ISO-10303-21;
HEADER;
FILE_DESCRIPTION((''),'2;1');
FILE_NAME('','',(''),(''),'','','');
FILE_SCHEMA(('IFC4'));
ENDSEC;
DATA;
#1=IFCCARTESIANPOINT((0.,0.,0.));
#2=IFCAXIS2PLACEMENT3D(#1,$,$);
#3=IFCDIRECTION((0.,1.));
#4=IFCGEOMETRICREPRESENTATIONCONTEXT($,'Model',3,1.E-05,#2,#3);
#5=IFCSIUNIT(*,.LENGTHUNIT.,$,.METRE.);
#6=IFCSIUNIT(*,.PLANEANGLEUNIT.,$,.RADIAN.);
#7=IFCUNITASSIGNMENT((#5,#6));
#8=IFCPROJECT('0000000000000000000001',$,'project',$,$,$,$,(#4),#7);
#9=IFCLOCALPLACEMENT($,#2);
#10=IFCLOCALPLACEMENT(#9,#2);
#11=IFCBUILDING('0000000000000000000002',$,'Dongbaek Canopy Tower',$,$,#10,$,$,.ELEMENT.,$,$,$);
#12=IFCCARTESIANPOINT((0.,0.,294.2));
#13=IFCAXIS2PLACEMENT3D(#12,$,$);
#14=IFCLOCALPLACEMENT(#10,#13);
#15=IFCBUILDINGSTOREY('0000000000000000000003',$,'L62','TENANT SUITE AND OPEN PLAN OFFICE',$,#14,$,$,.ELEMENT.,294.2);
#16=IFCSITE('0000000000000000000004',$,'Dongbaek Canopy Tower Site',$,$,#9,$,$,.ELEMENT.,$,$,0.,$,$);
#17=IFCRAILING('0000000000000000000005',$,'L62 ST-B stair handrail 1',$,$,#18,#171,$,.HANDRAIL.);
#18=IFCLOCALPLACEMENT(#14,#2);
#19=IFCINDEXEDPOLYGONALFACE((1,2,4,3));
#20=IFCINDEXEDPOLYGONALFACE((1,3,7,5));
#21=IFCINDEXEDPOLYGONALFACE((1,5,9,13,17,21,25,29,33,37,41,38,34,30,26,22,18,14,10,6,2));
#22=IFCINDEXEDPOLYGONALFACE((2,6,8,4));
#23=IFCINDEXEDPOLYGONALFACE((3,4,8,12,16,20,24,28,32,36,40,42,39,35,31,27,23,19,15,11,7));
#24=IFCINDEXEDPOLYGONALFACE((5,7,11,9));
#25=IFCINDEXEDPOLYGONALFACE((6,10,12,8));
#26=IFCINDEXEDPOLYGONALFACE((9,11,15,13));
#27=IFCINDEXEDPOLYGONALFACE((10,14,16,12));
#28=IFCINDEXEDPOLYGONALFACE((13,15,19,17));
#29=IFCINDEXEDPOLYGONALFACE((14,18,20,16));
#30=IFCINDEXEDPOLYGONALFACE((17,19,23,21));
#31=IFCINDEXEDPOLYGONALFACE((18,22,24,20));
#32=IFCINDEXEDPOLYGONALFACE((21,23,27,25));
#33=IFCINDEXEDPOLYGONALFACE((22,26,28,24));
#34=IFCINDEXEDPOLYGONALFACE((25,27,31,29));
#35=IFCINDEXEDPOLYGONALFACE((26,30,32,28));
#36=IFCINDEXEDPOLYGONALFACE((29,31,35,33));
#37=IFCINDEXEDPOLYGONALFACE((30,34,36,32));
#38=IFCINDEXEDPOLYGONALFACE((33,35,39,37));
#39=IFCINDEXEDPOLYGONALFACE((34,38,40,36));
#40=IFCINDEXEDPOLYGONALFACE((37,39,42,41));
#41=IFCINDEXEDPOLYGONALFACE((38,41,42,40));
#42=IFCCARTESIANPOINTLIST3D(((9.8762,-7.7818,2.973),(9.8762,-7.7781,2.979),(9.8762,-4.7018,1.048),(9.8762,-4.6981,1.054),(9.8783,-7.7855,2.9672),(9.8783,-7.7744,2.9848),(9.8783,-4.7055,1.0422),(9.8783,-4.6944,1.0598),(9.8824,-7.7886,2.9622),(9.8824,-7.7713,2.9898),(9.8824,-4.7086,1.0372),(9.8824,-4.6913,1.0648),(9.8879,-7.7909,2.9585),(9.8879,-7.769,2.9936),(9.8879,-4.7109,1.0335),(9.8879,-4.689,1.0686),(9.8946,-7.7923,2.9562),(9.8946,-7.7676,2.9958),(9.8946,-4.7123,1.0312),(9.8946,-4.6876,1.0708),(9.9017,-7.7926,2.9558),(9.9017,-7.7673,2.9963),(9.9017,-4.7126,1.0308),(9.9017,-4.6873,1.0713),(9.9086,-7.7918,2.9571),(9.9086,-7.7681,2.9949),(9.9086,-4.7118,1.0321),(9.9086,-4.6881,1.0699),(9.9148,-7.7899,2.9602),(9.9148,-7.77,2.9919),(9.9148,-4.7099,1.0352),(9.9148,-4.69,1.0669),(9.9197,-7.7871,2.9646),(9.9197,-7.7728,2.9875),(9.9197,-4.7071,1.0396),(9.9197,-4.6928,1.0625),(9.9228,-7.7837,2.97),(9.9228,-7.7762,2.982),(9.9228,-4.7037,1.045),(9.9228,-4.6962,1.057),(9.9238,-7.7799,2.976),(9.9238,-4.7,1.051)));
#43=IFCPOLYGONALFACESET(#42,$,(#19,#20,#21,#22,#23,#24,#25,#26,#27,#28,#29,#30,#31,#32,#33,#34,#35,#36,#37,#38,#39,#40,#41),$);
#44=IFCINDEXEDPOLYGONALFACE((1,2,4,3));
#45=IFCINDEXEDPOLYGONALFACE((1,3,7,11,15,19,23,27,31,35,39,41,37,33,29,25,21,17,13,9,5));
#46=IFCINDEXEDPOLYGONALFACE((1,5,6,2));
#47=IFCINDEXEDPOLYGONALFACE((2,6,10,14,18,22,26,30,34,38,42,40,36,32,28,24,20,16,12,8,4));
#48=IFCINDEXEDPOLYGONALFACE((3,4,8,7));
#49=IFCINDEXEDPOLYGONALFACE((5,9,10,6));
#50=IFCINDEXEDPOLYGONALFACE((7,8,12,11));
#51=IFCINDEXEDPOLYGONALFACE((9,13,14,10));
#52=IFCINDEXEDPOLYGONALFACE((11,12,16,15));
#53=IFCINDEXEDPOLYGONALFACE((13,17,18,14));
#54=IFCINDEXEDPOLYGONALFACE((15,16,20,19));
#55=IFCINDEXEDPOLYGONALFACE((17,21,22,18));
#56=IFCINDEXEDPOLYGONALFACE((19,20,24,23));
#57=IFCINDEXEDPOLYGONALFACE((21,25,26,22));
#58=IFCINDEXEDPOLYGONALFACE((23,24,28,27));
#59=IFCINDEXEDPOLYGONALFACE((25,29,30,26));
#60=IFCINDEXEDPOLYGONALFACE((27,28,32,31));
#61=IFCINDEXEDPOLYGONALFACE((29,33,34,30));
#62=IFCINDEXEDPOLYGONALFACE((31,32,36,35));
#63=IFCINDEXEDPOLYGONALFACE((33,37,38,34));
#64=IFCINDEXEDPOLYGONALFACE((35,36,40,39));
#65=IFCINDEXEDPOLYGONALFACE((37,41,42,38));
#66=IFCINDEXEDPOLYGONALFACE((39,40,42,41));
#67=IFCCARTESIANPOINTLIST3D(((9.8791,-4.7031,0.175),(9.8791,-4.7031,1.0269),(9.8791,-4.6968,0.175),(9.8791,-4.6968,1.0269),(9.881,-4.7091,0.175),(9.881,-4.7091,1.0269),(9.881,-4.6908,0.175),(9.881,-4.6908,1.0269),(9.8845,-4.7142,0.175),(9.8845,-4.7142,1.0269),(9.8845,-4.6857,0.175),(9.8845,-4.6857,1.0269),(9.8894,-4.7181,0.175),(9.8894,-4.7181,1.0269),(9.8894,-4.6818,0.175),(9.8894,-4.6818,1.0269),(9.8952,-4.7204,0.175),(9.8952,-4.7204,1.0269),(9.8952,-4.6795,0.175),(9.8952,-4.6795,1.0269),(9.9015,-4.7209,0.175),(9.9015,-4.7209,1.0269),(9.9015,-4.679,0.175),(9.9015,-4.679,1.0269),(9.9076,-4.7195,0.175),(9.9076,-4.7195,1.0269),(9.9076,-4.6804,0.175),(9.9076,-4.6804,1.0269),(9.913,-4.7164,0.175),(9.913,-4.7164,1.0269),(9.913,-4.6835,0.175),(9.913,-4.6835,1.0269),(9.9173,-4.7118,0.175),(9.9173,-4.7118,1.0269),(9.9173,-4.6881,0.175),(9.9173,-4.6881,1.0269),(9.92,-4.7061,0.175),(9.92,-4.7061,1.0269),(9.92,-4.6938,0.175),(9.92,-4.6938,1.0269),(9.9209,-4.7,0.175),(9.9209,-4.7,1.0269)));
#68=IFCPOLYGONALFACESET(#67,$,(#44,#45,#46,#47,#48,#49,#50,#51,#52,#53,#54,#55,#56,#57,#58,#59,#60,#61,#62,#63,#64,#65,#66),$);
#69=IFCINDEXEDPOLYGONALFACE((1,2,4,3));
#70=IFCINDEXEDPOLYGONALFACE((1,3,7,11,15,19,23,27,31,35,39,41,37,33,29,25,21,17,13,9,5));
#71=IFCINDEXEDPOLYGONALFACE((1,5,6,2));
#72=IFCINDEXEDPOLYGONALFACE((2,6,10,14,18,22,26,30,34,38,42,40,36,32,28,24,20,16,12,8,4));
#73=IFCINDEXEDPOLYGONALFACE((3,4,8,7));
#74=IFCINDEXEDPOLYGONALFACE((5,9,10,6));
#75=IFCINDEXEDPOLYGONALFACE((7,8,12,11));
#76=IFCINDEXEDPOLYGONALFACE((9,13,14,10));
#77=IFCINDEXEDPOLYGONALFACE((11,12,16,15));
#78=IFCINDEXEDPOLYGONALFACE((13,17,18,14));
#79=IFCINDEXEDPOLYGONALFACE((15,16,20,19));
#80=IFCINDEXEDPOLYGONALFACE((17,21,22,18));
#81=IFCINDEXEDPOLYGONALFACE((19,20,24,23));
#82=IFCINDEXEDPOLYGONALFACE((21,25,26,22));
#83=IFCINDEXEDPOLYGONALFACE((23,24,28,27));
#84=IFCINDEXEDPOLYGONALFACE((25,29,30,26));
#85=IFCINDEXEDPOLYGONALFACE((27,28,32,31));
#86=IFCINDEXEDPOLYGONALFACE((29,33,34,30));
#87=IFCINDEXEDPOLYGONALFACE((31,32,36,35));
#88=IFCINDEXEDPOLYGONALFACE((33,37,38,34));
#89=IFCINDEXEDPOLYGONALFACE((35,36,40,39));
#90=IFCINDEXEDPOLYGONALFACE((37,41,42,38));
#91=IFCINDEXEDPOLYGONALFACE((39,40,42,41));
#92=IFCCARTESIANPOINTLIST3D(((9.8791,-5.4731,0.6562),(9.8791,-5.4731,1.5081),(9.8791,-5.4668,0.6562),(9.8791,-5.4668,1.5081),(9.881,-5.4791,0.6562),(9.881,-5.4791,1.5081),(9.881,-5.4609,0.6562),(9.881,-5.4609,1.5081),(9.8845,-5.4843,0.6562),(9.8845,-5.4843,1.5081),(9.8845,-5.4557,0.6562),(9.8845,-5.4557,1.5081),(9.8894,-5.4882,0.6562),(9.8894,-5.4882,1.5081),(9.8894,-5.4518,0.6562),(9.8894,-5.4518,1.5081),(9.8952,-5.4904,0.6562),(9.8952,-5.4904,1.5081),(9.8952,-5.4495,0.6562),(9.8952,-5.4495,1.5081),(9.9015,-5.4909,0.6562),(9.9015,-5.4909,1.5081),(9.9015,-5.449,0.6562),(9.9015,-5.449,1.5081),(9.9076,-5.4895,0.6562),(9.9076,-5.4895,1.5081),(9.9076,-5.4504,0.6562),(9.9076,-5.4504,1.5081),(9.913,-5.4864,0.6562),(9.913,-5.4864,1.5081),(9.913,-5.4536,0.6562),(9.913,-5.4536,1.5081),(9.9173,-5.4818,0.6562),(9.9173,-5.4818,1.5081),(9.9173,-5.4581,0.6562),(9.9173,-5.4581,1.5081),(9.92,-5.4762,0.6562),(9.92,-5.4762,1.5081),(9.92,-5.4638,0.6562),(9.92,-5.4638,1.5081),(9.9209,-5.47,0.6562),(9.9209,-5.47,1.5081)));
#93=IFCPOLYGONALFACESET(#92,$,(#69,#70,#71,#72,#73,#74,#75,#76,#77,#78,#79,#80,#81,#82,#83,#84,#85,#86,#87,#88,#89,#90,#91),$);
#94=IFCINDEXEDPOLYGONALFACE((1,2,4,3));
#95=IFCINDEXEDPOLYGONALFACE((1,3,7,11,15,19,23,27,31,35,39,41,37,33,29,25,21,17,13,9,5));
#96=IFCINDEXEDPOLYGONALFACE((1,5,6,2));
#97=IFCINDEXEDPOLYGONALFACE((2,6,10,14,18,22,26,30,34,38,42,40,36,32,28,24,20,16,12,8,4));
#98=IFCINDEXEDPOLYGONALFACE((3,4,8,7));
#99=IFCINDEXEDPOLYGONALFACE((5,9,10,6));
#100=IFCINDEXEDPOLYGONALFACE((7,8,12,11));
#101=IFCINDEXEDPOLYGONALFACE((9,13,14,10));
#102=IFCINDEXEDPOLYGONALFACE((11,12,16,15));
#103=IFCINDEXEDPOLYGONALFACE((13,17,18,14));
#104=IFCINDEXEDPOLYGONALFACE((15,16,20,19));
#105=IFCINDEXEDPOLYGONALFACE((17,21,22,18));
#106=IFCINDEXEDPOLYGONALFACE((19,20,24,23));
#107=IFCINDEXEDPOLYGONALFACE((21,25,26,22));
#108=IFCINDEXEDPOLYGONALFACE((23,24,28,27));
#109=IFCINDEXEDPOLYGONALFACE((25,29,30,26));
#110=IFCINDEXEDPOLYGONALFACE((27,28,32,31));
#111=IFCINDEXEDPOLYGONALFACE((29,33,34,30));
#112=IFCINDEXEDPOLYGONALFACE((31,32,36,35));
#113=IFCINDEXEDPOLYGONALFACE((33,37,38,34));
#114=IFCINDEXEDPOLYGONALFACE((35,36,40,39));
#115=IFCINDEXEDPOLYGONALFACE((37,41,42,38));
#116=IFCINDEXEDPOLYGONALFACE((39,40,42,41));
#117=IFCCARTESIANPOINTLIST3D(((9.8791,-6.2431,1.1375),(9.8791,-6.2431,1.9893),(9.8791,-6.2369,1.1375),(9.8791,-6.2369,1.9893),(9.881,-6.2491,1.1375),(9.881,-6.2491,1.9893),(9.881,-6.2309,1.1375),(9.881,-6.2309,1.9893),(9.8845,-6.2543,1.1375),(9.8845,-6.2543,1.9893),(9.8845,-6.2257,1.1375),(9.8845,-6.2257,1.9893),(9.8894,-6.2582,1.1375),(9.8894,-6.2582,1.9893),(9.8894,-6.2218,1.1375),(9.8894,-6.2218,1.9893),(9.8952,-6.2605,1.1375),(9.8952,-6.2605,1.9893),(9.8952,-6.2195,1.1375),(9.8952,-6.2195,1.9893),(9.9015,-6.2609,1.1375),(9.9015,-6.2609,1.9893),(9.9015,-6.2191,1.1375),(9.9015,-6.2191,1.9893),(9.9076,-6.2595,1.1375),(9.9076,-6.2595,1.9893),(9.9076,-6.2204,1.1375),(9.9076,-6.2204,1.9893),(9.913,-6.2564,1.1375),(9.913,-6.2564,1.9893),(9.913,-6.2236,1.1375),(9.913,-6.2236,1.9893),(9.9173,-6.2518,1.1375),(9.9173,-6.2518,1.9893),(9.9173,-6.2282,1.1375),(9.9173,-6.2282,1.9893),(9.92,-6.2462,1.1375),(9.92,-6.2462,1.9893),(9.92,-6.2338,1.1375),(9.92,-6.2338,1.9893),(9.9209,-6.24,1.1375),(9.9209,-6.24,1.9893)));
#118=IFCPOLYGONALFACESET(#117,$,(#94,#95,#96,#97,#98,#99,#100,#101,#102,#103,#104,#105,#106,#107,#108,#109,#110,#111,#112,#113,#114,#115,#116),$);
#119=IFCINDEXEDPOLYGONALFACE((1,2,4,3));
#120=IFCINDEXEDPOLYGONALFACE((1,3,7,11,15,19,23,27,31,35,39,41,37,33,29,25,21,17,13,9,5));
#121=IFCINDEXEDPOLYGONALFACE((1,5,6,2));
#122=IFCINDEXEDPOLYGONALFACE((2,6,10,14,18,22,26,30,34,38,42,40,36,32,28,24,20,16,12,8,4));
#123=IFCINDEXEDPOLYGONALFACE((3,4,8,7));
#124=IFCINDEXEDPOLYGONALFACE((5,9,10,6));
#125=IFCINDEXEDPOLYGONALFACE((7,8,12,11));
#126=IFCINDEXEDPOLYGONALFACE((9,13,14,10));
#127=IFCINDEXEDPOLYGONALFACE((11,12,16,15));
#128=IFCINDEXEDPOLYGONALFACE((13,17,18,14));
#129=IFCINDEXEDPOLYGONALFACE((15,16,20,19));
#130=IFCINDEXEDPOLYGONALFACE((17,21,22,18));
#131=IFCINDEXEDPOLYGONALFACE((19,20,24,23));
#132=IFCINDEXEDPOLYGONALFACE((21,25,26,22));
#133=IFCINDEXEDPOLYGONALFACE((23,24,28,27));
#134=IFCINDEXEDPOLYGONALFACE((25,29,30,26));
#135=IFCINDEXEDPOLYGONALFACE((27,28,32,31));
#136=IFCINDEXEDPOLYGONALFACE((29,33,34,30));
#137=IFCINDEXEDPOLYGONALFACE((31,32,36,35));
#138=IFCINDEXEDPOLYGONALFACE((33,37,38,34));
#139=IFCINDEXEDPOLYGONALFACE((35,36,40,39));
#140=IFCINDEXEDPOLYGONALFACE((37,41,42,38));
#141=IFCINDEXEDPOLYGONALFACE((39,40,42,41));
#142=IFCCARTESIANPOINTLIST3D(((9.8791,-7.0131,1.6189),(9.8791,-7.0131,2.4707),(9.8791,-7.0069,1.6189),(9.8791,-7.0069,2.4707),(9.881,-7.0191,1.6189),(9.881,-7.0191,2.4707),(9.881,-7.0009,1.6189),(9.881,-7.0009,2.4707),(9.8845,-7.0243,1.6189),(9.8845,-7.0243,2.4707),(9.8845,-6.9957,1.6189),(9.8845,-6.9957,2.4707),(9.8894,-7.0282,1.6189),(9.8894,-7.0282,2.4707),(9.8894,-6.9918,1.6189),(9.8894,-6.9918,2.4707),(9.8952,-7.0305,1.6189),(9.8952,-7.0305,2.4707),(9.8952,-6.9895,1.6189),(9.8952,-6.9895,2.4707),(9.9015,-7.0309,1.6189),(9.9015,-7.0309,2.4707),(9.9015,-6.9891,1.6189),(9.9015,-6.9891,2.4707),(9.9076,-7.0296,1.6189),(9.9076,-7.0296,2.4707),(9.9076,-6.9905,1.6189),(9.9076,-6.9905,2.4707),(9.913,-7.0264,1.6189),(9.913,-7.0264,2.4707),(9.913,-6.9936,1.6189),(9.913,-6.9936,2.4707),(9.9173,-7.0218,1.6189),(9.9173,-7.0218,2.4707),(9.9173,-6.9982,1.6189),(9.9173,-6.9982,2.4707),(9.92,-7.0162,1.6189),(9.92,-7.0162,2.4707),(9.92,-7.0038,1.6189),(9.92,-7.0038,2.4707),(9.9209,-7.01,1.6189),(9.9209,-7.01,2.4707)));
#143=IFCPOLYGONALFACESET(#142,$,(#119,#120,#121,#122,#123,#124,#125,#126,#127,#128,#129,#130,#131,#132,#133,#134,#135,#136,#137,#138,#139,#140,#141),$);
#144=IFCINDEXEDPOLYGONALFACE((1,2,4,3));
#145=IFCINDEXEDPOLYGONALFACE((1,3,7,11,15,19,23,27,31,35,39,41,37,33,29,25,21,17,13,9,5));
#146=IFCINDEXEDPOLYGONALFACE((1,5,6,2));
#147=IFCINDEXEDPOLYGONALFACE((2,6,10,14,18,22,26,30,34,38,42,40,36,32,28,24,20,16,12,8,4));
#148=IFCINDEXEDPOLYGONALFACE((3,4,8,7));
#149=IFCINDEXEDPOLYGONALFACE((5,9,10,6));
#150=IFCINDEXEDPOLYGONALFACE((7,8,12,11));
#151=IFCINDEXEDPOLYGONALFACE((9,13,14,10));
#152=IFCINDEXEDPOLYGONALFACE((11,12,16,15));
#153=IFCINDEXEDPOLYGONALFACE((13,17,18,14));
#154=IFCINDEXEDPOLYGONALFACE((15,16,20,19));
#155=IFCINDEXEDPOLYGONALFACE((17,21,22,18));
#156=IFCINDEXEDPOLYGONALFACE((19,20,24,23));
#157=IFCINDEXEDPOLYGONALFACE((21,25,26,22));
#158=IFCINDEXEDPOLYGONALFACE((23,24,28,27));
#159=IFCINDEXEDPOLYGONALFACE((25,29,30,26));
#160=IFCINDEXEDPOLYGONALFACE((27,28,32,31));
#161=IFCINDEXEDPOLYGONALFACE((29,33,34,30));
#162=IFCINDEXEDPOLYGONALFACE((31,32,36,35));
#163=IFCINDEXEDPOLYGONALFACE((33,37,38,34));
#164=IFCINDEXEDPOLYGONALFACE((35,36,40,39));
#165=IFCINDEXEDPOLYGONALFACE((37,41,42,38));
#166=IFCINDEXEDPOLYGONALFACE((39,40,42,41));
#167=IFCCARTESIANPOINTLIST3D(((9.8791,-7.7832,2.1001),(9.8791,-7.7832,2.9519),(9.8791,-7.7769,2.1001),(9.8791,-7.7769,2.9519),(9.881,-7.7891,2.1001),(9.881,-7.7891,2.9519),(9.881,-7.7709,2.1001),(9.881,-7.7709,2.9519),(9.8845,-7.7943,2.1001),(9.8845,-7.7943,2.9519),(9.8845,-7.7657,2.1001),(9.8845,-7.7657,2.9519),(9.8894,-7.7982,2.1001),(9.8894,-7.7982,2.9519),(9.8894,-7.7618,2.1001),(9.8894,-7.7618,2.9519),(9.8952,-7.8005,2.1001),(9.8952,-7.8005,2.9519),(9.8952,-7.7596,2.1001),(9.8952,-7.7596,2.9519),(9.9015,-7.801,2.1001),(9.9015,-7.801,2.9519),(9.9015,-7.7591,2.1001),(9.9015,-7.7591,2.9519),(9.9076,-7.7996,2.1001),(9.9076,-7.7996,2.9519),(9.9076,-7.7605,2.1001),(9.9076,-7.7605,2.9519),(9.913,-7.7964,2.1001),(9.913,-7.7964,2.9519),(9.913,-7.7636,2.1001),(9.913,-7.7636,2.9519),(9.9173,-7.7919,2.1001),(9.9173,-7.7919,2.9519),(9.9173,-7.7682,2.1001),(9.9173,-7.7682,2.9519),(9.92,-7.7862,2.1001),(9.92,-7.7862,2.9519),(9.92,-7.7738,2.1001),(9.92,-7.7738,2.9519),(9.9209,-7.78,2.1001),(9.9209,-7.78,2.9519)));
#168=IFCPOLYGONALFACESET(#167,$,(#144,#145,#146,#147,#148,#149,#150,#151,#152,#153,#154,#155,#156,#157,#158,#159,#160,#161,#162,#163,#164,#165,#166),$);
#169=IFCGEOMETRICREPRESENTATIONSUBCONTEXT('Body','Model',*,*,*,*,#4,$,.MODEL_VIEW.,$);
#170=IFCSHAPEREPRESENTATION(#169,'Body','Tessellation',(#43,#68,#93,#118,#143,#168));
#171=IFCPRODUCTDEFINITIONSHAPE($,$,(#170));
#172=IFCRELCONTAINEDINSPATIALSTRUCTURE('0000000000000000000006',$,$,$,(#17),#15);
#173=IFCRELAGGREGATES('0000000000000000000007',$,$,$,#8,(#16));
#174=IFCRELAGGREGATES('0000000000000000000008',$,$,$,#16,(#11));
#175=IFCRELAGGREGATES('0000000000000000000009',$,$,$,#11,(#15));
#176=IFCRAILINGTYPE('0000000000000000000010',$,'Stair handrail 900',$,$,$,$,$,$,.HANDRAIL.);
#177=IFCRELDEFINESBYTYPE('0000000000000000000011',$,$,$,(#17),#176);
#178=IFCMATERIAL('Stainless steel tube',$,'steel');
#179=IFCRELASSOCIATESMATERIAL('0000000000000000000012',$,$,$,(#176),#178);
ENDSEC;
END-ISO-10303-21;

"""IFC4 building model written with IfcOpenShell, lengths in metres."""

from ifc_helpers import new_model, si_unit, direction, frame, origin, origin_2d, place, context, subcontext, project, spatial, circle, extrude, material, type_object, element, save


model = new_model("IFC4")

# Units and contexts
model_context = context("Model", 3, precision=1e-05, world=origin(), true_north=direction((0.0, 1.0)))
body_context = subcontext(model_context, "Body", "Model", "MODEL_VIEW")
ifc_project = project(units=[si_unit("LENGTHUNIT", "METRE"), si_unit("PLANEANGLEUNIT", "RADIAN")], contexts=[model_context])

# Site, building, storey
site_placement = place(None, origin())
site = spatial("IfcSite", under=ifc_project, at=site_placement, Name="Dongbaek Canopy Tower Site", CompositionType="ELEMENT", RefElevation=0.0)
building_placement = place(site_placement, origin())
building = spatial("IfcBuilding", under=site, at=building_placement, Name="Dongbaek Canopy Tower", CompositionType="ELEMENT")
storey_placement = place(building_placement, frame((0.0, 0.0, 294.2)))
storey = spatial("IfcBuildingStorey", under=building, at=storey_placement, Name="L62", Description="TENANT SUITE AND OPEN PLAN OFFICE", CompositionType="ELEMENT", Elevation=294.2)

# Railing
ifc_material_1 = material(Name="Stainless steel tube", Category="steel")
railing_type_1 = type_object("IfcRailingType", Name="Stair handrail 900", PredefinedType="HANDRAIL", material=ifc_material_1)
railing_1_placement = place(storey_placement, frame((9.8999, -4.7, 0.175)))
element("IfcRailing", 1, at=railing_1_placement, inside=storey, type_object=railing_type_1, Name="L62 ST-B stair handrail 1", PredefinedType="HANDRAIL", context=body_context, shape_type="SweptSolid", body=[
    extrude(circle(Radius=0.0239, at=origin_2d()), frame((0.0, 0.0, 0.876), z_axis=(0.0, -0.847998, 0.529999), x_axis=(1.0, 0.0, 0.0)), (0.0, 0.0, 1.0), 3.6321),
    extrude(circle(Radius=0.021, at=origin_2d()), origin(), (0.0, 0.0, 1.0), 0.8518),
    extrude(circle(Radius=0.021, at=origin_2d()), frame((0.0, -0.77, 0.4812)), (0.0, 0.0, 1.0), 0.8518),
    extrude(circle(Radius=0.021, at=origin_2d()), frame((0.0, -1.54, 0.9624)), (0.0, 0.0, 1.0), 0.8518),
    extrude(circle(Radius=0.021, at=origin_2d()), frame((0.0, -2.3101, 1.4438)), (0.0, 0.0, 1.0), 0.8518),
    extrude(circle(Radius=0.021, at=origin_2d()), frame((0.0, -3.0801, 1.925)), (0.0, 0.0, 1.0), 0.8518),
])

save(model, "model.ifc")
